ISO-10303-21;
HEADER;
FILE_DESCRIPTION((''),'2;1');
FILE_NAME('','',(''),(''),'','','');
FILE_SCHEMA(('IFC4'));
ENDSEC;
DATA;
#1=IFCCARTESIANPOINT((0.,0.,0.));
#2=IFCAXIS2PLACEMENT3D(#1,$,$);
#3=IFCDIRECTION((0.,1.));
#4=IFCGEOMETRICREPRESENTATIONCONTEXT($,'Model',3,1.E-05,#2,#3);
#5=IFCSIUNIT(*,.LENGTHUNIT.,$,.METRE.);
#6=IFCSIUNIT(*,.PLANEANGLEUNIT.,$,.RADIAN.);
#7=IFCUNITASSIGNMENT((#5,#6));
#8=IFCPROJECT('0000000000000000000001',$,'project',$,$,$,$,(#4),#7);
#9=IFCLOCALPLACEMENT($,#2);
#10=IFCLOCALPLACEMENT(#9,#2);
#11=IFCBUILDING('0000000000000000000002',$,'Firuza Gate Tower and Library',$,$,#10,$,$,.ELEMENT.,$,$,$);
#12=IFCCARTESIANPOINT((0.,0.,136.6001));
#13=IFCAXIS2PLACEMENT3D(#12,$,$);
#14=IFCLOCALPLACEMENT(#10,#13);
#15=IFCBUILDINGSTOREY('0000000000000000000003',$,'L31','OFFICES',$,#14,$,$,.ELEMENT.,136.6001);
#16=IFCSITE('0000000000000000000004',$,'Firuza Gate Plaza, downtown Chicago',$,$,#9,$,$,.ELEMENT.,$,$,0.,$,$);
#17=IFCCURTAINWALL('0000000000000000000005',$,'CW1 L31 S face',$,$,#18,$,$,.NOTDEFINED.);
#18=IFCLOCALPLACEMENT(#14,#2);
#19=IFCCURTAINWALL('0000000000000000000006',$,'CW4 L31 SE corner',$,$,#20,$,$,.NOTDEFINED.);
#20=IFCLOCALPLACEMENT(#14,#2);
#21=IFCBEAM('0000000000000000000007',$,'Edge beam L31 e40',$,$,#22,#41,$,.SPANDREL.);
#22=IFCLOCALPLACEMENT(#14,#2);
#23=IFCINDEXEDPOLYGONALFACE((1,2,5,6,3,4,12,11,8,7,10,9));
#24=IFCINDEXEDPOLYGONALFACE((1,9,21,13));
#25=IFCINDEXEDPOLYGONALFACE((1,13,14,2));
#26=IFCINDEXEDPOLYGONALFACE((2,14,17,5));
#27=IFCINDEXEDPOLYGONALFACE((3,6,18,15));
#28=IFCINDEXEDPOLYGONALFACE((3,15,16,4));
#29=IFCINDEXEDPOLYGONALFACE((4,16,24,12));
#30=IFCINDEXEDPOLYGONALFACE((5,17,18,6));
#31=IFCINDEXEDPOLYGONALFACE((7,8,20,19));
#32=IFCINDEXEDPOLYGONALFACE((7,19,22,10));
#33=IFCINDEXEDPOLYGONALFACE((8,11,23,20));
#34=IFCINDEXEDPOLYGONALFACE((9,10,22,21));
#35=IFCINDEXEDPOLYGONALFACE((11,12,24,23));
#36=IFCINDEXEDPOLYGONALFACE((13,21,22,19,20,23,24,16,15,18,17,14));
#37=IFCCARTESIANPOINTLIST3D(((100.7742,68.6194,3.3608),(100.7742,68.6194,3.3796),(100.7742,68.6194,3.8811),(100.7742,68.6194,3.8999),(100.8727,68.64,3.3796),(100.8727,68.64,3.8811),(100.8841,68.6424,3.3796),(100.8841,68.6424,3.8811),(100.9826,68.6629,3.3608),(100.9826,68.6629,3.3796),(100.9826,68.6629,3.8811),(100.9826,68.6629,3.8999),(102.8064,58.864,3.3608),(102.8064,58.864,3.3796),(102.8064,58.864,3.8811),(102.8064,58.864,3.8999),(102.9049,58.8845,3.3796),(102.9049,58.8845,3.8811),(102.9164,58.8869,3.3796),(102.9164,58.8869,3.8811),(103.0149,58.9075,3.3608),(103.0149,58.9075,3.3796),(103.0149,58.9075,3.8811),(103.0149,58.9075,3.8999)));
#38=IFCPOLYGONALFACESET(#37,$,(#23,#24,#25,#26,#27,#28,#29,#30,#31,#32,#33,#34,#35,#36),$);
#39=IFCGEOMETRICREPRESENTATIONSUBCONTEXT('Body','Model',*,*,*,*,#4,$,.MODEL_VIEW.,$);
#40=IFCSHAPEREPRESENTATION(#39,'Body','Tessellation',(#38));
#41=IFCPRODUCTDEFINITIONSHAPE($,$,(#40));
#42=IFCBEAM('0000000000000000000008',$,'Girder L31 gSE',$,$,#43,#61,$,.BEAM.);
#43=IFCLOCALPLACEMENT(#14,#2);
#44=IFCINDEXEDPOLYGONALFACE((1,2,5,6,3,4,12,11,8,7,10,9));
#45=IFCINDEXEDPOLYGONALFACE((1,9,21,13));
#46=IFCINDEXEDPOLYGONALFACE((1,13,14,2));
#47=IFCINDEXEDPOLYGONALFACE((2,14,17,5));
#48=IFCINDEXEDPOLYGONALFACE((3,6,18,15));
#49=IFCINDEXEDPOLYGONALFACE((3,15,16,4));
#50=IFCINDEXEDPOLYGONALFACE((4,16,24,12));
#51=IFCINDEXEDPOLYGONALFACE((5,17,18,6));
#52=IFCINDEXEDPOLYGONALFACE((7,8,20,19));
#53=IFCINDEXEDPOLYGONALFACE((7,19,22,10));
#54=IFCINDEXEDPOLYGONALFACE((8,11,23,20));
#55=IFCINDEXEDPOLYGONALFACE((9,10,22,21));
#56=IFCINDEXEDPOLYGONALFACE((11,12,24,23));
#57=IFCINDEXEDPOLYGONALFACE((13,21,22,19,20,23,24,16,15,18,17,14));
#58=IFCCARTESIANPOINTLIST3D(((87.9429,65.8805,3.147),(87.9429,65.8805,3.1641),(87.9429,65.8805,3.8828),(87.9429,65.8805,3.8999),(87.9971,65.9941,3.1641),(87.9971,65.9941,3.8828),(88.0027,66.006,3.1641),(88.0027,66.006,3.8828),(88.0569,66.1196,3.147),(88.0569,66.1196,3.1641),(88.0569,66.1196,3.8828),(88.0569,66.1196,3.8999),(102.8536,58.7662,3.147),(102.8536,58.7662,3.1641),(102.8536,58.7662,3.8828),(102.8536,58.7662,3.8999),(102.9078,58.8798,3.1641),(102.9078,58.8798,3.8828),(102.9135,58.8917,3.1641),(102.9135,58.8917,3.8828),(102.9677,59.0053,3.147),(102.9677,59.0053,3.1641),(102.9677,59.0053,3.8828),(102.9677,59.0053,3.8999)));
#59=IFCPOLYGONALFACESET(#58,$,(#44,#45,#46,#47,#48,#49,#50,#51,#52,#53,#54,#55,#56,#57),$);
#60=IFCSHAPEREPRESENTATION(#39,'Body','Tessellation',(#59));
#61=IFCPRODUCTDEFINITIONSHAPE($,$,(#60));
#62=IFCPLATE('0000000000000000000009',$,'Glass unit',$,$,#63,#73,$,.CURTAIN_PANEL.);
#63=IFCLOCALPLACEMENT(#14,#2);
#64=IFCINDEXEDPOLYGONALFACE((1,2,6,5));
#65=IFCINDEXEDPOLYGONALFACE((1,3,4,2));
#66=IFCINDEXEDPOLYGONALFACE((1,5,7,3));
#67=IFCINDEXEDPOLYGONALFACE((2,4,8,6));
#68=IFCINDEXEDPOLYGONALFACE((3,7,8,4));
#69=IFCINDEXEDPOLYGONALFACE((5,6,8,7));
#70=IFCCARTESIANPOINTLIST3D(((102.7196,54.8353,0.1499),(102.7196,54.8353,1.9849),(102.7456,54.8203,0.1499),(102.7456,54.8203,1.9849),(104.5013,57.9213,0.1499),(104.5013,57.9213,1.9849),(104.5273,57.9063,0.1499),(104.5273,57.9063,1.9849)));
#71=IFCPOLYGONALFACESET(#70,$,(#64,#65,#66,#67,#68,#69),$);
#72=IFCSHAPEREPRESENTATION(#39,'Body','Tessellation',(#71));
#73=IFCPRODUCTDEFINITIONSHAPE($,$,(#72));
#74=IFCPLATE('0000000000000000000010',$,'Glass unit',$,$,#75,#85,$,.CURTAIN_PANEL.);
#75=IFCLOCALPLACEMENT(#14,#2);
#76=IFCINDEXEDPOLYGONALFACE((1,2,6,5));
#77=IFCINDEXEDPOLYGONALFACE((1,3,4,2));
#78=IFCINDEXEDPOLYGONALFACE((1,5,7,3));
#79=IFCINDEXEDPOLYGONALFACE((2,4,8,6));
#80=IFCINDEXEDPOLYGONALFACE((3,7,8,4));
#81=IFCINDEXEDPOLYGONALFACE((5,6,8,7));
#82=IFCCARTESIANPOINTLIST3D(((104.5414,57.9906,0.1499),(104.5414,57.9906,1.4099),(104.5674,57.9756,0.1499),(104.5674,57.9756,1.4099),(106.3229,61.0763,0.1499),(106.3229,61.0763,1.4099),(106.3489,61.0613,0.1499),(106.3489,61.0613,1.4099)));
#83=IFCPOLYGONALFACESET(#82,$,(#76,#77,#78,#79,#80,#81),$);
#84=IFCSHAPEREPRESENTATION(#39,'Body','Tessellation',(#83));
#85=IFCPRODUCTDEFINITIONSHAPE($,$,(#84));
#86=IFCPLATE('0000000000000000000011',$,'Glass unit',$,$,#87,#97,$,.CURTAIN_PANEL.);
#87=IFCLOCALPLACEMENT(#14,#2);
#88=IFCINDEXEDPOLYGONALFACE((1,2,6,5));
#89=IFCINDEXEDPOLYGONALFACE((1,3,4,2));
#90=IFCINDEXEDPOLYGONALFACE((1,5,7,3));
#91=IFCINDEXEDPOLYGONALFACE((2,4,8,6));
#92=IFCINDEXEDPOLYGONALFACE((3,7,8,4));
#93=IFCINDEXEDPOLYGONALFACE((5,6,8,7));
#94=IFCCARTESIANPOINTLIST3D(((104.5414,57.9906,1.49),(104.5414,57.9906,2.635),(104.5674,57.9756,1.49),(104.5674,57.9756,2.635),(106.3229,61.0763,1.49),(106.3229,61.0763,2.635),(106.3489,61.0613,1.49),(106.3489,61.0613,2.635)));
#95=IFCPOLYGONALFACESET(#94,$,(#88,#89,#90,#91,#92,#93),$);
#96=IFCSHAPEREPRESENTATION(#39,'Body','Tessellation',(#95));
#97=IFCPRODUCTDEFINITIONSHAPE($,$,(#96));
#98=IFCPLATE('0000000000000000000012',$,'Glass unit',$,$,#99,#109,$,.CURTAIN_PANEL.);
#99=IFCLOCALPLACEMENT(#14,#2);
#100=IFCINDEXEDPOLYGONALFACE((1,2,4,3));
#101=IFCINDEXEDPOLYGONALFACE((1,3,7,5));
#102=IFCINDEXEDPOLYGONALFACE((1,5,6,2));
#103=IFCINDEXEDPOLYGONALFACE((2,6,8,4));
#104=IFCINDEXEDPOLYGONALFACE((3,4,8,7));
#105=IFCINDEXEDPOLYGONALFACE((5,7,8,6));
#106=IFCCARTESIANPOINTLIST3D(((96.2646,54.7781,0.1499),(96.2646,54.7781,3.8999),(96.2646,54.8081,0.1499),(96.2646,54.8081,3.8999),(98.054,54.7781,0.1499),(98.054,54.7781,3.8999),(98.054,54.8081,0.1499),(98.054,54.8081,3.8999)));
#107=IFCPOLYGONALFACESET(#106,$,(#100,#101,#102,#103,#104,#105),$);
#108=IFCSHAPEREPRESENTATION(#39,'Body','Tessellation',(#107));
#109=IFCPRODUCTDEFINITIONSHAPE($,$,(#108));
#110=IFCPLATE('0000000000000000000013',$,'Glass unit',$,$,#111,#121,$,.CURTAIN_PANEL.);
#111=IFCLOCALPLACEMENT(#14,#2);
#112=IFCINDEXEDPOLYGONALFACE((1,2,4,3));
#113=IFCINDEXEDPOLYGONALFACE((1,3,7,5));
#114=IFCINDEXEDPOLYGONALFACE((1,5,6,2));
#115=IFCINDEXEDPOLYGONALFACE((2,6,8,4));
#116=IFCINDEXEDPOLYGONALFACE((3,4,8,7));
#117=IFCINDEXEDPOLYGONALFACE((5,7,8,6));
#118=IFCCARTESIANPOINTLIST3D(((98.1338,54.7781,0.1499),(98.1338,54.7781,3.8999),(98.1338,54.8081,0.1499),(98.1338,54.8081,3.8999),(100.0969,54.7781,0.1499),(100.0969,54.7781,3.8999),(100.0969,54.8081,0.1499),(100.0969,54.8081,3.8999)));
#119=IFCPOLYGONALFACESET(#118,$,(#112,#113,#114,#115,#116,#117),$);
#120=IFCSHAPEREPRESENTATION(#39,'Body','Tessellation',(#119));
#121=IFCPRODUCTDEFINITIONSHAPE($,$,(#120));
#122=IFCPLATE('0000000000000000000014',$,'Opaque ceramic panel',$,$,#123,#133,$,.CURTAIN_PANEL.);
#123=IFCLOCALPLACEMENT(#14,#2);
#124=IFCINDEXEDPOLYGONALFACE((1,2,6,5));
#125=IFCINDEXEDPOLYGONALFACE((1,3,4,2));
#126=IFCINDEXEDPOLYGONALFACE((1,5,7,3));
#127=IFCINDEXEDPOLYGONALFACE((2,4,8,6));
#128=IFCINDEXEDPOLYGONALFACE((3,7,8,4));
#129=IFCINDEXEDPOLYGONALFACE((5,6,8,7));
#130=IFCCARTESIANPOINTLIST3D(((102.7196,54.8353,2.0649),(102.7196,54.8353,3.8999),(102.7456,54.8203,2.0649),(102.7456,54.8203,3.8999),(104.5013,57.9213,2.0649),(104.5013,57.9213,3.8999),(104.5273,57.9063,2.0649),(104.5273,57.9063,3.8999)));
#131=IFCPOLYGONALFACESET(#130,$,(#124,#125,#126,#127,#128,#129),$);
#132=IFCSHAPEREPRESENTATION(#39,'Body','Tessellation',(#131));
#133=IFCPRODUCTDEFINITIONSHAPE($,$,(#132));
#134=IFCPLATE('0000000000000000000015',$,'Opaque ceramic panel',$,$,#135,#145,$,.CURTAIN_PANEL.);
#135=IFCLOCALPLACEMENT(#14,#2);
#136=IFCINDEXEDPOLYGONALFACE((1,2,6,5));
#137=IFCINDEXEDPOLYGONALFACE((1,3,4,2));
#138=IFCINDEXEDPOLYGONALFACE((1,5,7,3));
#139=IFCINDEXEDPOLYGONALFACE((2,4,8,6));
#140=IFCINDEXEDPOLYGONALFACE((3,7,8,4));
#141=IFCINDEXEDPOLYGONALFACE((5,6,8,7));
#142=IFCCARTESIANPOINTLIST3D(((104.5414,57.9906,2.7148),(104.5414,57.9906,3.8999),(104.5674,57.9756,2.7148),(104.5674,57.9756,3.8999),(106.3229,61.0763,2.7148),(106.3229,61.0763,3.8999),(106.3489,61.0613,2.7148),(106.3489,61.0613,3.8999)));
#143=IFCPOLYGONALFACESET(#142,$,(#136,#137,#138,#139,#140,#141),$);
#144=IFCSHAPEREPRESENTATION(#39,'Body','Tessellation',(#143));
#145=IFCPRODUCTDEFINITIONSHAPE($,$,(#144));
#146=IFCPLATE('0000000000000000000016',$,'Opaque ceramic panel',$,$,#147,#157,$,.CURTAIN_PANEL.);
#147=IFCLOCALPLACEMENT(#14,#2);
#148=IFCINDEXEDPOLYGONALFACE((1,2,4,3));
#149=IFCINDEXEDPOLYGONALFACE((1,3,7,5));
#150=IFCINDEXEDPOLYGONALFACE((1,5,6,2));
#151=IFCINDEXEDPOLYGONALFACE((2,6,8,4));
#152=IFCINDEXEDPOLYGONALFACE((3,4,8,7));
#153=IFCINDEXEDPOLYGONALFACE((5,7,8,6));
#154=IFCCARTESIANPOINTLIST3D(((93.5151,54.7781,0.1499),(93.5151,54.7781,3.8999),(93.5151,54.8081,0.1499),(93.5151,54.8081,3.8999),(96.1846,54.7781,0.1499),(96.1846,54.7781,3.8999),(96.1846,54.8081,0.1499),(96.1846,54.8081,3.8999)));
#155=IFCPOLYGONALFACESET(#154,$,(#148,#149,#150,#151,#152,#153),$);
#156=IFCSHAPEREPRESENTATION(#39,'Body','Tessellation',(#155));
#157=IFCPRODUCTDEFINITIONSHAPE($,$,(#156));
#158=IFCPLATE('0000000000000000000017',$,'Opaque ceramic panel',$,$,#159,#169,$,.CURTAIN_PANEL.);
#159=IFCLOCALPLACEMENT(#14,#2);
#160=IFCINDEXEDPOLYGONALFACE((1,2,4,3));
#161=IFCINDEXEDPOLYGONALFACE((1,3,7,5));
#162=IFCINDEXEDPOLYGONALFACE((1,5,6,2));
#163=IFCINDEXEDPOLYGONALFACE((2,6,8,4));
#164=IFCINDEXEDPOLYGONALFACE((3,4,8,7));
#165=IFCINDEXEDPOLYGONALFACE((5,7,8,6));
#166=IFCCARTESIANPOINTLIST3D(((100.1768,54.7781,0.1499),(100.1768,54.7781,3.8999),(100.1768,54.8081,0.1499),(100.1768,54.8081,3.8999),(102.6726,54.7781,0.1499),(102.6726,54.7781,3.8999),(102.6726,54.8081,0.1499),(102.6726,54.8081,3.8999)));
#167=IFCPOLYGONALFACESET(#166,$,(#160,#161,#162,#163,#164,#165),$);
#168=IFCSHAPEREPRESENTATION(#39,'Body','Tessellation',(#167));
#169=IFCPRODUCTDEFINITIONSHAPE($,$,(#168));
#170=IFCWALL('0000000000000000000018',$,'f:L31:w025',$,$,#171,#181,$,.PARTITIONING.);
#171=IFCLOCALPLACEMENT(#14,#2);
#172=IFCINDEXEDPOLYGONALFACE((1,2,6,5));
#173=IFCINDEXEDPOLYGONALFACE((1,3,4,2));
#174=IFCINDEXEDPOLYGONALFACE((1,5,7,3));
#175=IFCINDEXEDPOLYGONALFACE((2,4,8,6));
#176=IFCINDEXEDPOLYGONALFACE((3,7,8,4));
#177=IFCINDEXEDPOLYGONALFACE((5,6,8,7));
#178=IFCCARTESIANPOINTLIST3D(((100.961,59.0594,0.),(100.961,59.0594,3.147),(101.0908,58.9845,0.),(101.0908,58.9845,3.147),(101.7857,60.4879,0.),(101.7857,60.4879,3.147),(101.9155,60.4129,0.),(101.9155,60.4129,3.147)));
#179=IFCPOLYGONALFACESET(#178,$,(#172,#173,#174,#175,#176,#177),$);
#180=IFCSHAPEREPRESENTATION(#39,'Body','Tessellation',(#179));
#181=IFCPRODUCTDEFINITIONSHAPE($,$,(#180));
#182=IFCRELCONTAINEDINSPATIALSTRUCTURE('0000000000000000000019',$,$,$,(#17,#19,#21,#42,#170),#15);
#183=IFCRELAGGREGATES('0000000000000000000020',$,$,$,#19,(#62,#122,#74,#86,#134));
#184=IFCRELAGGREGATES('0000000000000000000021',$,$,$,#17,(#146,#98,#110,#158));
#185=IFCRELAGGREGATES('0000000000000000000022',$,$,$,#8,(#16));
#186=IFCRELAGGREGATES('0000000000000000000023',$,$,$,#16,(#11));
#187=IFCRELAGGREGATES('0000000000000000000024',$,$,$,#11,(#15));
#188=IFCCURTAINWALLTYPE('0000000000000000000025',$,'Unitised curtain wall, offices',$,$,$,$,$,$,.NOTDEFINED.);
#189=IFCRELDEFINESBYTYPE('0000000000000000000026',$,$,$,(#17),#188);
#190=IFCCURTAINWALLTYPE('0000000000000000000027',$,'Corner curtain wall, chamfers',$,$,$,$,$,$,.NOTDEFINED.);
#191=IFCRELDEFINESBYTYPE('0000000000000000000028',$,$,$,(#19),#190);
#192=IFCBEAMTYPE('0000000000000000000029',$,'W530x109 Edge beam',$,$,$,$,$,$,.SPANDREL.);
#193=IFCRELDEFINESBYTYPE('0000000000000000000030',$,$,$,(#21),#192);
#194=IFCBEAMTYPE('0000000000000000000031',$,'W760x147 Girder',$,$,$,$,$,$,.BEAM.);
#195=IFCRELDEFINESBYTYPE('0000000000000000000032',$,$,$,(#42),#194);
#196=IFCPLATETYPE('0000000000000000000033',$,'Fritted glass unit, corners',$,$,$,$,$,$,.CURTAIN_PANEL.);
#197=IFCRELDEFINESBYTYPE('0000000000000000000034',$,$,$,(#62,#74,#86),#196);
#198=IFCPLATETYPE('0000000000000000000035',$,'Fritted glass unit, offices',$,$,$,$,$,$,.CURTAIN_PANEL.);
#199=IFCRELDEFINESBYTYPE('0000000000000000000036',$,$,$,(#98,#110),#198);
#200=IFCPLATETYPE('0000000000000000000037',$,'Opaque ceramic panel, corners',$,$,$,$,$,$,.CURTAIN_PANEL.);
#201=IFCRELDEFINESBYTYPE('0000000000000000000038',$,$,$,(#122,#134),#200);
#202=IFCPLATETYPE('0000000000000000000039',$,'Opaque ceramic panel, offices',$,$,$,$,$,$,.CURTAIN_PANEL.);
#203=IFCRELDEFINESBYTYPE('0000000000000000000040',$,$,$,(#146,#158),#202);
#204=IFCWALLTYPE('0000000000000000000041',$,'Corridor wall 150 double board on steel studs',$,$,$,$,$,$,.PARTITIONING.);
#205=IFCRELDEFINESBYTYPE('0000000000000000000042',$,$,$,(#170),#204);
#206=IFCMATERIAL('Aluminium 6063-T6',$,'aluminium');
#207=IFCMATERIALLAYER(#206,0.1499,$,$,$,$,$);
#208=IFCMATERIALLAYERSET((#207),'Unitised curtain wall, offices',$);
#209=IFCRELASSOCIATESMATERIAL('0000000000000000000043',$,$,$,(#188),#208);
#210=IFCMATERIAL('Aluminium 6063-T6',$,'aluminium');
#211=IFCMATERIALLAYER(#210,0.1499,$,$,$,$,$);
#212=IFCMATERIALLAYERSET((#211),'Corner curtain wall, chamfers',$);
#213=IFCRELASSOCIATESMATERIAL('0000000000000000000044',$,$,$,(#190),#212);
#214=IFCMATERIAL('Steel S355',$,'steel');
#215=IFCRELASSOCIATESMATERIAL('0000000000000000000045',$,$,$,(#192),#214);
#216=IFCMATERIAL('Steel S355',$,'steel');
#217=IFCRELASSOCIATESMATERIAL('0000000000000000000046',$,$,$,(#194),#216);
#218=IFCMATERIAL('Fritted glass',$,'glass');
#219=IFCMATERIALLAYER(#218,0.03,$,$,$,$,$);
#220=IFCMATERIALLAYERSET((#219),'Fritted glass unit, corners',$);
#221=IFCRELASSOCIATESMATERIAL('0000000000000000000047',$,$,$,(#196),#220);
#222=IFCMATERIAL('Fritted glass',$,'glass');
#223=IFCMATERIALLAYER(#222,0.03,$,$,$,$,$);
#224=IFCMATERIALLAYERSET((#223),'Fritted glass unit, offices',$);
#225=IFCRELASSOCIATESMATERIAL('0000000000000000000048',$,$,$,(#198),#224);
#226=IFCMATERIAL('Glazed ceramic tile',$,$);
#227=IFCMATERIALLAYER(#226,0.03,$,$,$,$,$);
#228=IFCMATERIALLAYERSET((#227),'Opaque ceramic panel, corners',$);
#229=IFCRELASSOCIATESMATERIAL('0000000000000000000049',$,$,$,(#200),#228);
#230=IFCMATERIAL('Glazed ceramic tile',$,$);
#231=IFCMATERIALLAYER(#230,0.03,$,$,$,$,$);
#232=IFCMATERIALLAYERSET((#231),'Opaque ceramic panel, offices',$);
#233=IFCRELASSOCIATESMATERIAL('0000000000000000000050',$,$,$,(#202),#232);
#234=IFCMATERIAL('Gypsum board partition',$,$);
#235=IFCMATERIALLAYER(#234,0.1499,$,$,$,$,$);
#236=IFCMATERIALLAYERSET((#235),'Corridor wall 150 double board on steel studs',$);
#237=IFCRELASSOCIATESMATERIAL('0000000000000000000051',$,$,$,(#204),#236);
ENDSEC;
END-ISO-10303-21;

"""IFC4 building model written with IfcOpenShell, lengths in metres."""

from ifc_helpers import new_model, si_unit, direction, frame, frame_2d, origin, origin_2d, place, context, subcontext, project, spatial, polyline, rectangle, i_section, outline, extrude, material, layer, layer_set, material_profile, profile_set, type_object, element, aggregate, save


model = new_model("IFC4")

# Units and contexts
model_context = context("Model", 3, precision=1e-05, world=origin(), true_north=direction((0.0, 1.0)))
body_context = subcontext(model_context, "Body", "Model", "MODEL_VIEW")
ifc_project = project(units=[si_unit("LENGTHUNIT", "METRE"), si_unit("PLANEANGLEUNIT", "RADIAN")], contexts=[model_context])

# Site, building, storey
site_placement = place(None, origin())
site = spatial("IfcSite", under=ifc_project, at=site_placement, Name="Firuza Gate Plaza, downtown Chicago", CompositionType="ELEMENT", RefElevation=0.0)
building_placement = place(site_placement, origin())
building = spatial("IfcBuilding", under=site, at=building_placement, Name="Firuza Gate Tower and Library", CompositionType="ELEMENT")
storey_placement = place(building_placement, frame((0.0, 0.0, 136.6001)))
storey = spatial("IfcBuildingStorey", under=building, at=storey_placement, Name="L31", Description="OFFICES", CompositionType="ELEMENT", Elevation=136.6001)

# Curtain walls
ifc_material_1 = material(Name="Aluminium 6063-T6", Category="aluminium")
ifc_layer_1 = layer(ifc_material_1, 0.1499)
ifc_layer_set_1 = layer_set([ifc_layer_1], Name="Unitised curtain wall, offices")
curtain_wall_type_1 = type_object("IfcCurtainWallType", Name="Unitised curtain wall, offices", PredefinedType="NOTDEFINED", material=ifc_layer_set_1)
placement = place(storey_placement, origin())
curtain_wall_1 = element("IfcCurtainWall", 1, at=placement, inside=storey, type_object=curtain_wall_type_1, Name="CW1 L31 S face", PredefinedType="NOTDEFINED")
ifc_material_2 = material(Name="Aluminium 6063-T6", Category="aluminium")
ifc_layer_2 = layer(ifc_material_2, 0.1499)
ifc_layer_set_2 = layer_set([ifc_layer_2], Name="Corner curtain wall, chamfers")
curtain_wall_type_2 = type_object("IfcCurtainWallType", Name="Corner curtain wall, chamfers", PredefinedType="NOTDEFINED", material=ifc_layer_set_2)
curtain_wall_2 = element("IfcCurtainWall", 2, at=placement, inside=storey, type_object=curtain_wall_type_2, Name="CW4 L31 SE corner", PredefinedType="NOTDEFINED")

# Beams
ifc_material_3 = material(Name="Steel S355", Category="steel")
ifc_material_profile_1 = material_profile(ifc_material_3, i_section(OverallWidth=0.2129, OverallDepth=0.5391, WebThickness=0.0117, FlangeThickness=0.0188, at=origin_2d()))
ifc_profile_set_1 = profile_set([ifc_material_profile_1], Name="Steel S355")
beam_type_1 = type_object("IfcBeamType", Name="W530x109 Edge beam", PredefinedType="SPANDREL", material=ifc_profile_set_1)
beam_1_placement = place(storey_placement, frame((102.9106, 58.8857, 3.6304), z_axis=(-0.203941, 0.978983, 0.0), x_axis=(-0.978983, -0.203941, 0.0)))
element("IfcBeam", 3, at=beam_1_placement, inside=storey, type_object=beam_type_1, Name="Edge beam L31 e40", PredefinedType="SPANDREL", context=body_context, shape_type="SweptSolid", body=[
    extrude(i_section(OverallWidth=0.2129, OverallDepth=0.5391, WebThickness=0.0117, FlangeThickness=0.0188, at=origin_2d()), origin(), (0.0, 0.0, 1.0), 9.9648),
])
ifc_material_4 = material(Name="Steel S355", Category="steel")
ifc_material_profile_2 = material_profile(ifc_material_4, i_section(OverallWidth=0.2649, OverallDepth=0.7529, WebThickness=0.0132, FlangeThickness=0.0171, at=origin_2d()))
ifc_profile_set_2 = profile_set([ifc_material_profile_2], Name="Steel S355")
beam_type_2 = type_object("IfcBeamType", Name="W760x147 Girder", PredefinedType="BEAM", material=ifc_profile_set_2)
beam_2_placement = place(storey_placement, frame((102.9106, 58.8857, 3.5234), z_axis=(-0.902532, 0.430622, 0.0), x_axis=(-0.430622, -0.902532, 0.0)))
element("IfcBeam", 4, at=beam_2_placement, inside=storey, type_object=beam_type_2, Name="Girder L31 gSE", PredefinedType="BEAM", context=body_context, shape_type="SweptSolid", body=[
    extrude(i_section(OverallWidth=0.2649, OverallDepth=0.7529, WebThickness=0.0132, FlangeThickness=0.0171, at=origin_2d()), origin(), (0.0, 0.0, 1.0), 16.521),
])

# Plates
ifc_material_5 = material(Name="Fritted glass", Category="glass")
ifc_layer_3 = layer(ifc_material_5, 0.03)
ifc_layer_set_3 = layer_set([ifc_layer_3], Name="Fritted glass unit, corners")
plate_type_1 = type_object("IfcPlateType", Name="Fritted glass unit, corners", PredefinedType="CURTAIN_PANEL", material=ifc_layer_set_3)
plate_1_placement = place(storey_placement, frame((102.7456, 54.8203, 0.1499), z_axis=(0.866017, -0.500015, 0.0), x_axis=(0.500015, 0.866017, 0.0)))
plate_1 = element("IfcPlate", 5, at=plate_1_placement, type_object=plate_type_1, Name="Glass unit", PredefinedType="CURTAIN_PANEL", context=body_context, shape_type="SweptSolid", body=[
    extrude(outline(polyline([(0.0, 0.0), (3.5634, 0.0), (3.5634, 1.835), (0.0, 1.835), (0.0, 0.0)])), origin(), (0.0, 0.0, -1.0), 0.03),
])
plate_2_placement = place(storey_placement, frame((104.5674, 57.9756, 0.1499), z_axis=(0.866029, -0.499993, 0.0), x_axis=(0.499993, 0.866029, 0.0)))
plate_2 = element("IfcPlate", 6, at=plate_2_placement, type_object=plate_type_1, Name="Glass unit", PredefinedType="CURTAIN_PANEL", context=body_context, shape_type="SweptSolid", body=[
    extrude(outline(polyline([(0.0, 0.0), (3.563, 0.0), (3.563, 1.26), (0.0, 1.26), (0.0, 0.0)])), origin(), (0.0, 0.0, -1.0), 0.03),
])
plate_3_placement = place(storey_placement, frame((104.5674, 57.9756, 1.49), z_axis=(0.866029, -0.499993, 0.0), x_axis=(0.499993, 0.866029, 0.0)))
plate_3 = element("IfcPlate", 7, at=plate_3_placement, type_object=plate_type_1, Name="Glass unit", PredefinedType="CURTAIN_PANEL", context=body_context, shape_type="SweptSolid", body=[
    extrude(outline(polyline([(0.0, 0.0), (3.563, 0.0), (3.563, 1.145), (0.0, 1.145), (0.0, 0.0)])), origin(), (0.0, 0.0, -1.0), 0.03),
])
ifc_material_6 = material(Name="Fritted glass", Category="glass")
ifc_layer_4 = layer(ifc_material_6, 0.03)
ifc_layer_set_4 = layer_set([ifc_layer_4], Name="Fritted glass unit, offices")
plate_type_2 = type_object("IfcPlateType", Name="Fritted glass unit, offices", PredefinedType="CURTAIN_PANEL", material=ifc_layer_set_4)
plate_4_placement = place(storey_placement, frame((96.2646, 54.7781, 0.1499), z_axis=(0.0, -1.0, 0.0), x_axis=(1.0, 0.0, 0.0)))
plate_4 = element("IfcPlate", 8, at=plate_4_placement, type_object=plate_type_2, Name="Glass unit", PredefinedType="CURTAIN_PANEL", context=body_context, shape_type="SweptSolid", body=[
    extrude(outline(polyline([(0.0, 0.0), (1.7893, 0.0), (1.7893, 3.75), (0.0, 3.75), (0.0, 0.0)])), origin(), (0.0, 0.0, -1.0), 0.03),
])
plate_5_placement = place(storey_placement, frame((98.1338, 54.7781, 0.1499), z_axis=(0.0, -1.0, 0.0), x_axis=(1.0, 0.0, 0.0)))
plate_5 = element("IfcPlate", 9, at=plate_5_placement, type_object=plate_type_2, Name="Glass unit", PredefinedType="CURTAIN_PANEL", context=body_context, shape_type="SweptSolid", body=[
    extrude(outline(polyline([(0.0, 0.0), (1.9631, 0.0), (1.9631, 3.75), (0.0, 3.75), (0.0, 0.0)])), origin(), (0.0, 0.0, -1.0), 0.03),
])
ifc_material_7 = material(Name="Glazed ceramic tile")
ifc_layer_5 = layer(ifc_material_7, 0.03)
ifc_layer_set_5 = layer_set([ifc_layer_5], Name="Opaque ceramic panel, corners")
plate_type_3 = type_object("IfcPlateType", Name="Opaque ceramic panel, corners", PredefinedType="CURTAIN_PANEL", material=ifc_layer_set_5)
plate_6_placement = place(storey_placement, frame((102.7456, 54.8203, 2.0649), z_axis=(0.866017, -0.500015, 0.0), x_axis=(0.500015, 0.866017, 0.0)))
plate_6 = element("IfcPlate", 10, at=plate_6_placement, type_object=plate_type_3, Name="Opaque ceramic panel", PredefinedType="CURTAIN_PANEL", context=body_context, shape_type="SweptSolid", body=[
    extrude(outline(polyline([(0.0, 0.0), (3.5634, 0.0), (3.5634, 1.835), (0.0, 1.835), (0.0, 0.0)])), origin(), (0.0, 0.0, -1.0), 0.03),
])
plate_7_placement = place(storey_placement, frame((104.5674, 57.9756, 2.7148), z_axis=(0.866029, -0.499993, 0.0), x_axis=(0.499993, 0.866029, 0.0)))
plate_7 = element("IfcPlate", 11, at=plate_7_placement, type_object=plate_type_3, Name="Opaque ceramic panel", PredefinedType="CURTAIN_PANEL", context=body_context, shape_type="SweptSolid", body=[
    extrude(outline(polyline([(0.0, 0.0), (3.563, 0.0), (3.563, 1.1851), (0.0, 1.1851), (0.0, 0.0)])), origin(), (0.0, 0.0, -1.0), 0.03),
])
aggregate(curtain_wall_2, [plate_1, plate_6, plate_2, plate_3, plate_7])
ifc_material_8 = material(Name="Glazed ceramic tile")
ifc_layer_6 = layer(ifc_material_8, 0.03)
ifc_layer_set_6 = layer_set([ifc_layer_6], Name="Opaque ceramic panel, offices")
plate_type_4 = type_object("IfcPlateType", Name="Opaque ceramic panel, offices", PredefinedType="CURTAIN_PANEL", material=ifc_layer_set_6)
plate_8_placement = place(storey_placement, frame((93.5151, 54.7781, 0.1499), z_axis=(0.0, -1.0, 0.0), x_axis=(1.0, 0.0, 0.0)))
plate_8 = element("IfcPlate", 12, at=plate_8_placement, type_object=plate_type_4, Name="Opaque ceramic panel", PredefinedType="CURTAIN_PANEL", context=body_context, shape_type="SweptSolid", body=[
    extrude(outline(polyline([(0.0, 0.0), (2.6694, 0.0), (2.6694, 3.75), (0.0, 3.75), (0.0, 0.0)])), origin(), (0.0, 0.0, -1.0), 0.03),
])
plate_9_placement = place(storey_placement, frame((100.1768, 54.7781, 0.1499), z_axis=(0.0, -1.0, 0.0), x_axis=(1.0, 0.0, 0.0)))
plate_9 = element("IfcPlate", 13, at=plate_9_placement, type_object=plate_type_4, Name="Opaque ceramic panel", PredefinedType="CURTAIN_PANEL", context=body_context, shape_type="SweptSolid", body=[
    extrude(outline(polyline([(0.0, 0.0), (2.4958, 0.0), (2.4958, 3.75), (0.0, 3.75), (0.0, 0.0)])), origin(), (0.0, 0.0, -1.0), 0.03),
])
aggregate(curtain_wall_1, [plate_8, plate_4, plate_5, plate_9])

# Wall
ifc_material_9 = material(Name="Gypsum board partition")
ifc_layer_7 = layer(ifc_material_9, 0.1499)
ifc_layer_set_7 = layer_set([ifc_layer_7], Name="Corridor wall 150 double board on steel studs")
wall_type = type_object("IfcWallType", Name="Corridor wall 150 double board on steel studs", PredefinedType="PARTITIONING", material=ifc_layer_set_7)
wall_1_placement = place(storey_placement, frame((101.0259, 59.022, 0.0), z_axis=(0.0, 0.0, 1.0), x_axis=(0.499992, 0.86603, 0.0)))
element("IfcWall", 14, at=wall_1_placement, inside=storey, type_object=wall_type, Name="f:L31:w025", PredefinedType="PARTITIONING", context=body_context, shape_type="SweptSolid", body=[
    extrude(rectangle(XDim=1.6494, YDim=0.1499, at=frame_2d((0.8247, 0.0))), origin(), (0.0, 0.0, 1.0), 3.147),
])

save(model, "model.ifc")
